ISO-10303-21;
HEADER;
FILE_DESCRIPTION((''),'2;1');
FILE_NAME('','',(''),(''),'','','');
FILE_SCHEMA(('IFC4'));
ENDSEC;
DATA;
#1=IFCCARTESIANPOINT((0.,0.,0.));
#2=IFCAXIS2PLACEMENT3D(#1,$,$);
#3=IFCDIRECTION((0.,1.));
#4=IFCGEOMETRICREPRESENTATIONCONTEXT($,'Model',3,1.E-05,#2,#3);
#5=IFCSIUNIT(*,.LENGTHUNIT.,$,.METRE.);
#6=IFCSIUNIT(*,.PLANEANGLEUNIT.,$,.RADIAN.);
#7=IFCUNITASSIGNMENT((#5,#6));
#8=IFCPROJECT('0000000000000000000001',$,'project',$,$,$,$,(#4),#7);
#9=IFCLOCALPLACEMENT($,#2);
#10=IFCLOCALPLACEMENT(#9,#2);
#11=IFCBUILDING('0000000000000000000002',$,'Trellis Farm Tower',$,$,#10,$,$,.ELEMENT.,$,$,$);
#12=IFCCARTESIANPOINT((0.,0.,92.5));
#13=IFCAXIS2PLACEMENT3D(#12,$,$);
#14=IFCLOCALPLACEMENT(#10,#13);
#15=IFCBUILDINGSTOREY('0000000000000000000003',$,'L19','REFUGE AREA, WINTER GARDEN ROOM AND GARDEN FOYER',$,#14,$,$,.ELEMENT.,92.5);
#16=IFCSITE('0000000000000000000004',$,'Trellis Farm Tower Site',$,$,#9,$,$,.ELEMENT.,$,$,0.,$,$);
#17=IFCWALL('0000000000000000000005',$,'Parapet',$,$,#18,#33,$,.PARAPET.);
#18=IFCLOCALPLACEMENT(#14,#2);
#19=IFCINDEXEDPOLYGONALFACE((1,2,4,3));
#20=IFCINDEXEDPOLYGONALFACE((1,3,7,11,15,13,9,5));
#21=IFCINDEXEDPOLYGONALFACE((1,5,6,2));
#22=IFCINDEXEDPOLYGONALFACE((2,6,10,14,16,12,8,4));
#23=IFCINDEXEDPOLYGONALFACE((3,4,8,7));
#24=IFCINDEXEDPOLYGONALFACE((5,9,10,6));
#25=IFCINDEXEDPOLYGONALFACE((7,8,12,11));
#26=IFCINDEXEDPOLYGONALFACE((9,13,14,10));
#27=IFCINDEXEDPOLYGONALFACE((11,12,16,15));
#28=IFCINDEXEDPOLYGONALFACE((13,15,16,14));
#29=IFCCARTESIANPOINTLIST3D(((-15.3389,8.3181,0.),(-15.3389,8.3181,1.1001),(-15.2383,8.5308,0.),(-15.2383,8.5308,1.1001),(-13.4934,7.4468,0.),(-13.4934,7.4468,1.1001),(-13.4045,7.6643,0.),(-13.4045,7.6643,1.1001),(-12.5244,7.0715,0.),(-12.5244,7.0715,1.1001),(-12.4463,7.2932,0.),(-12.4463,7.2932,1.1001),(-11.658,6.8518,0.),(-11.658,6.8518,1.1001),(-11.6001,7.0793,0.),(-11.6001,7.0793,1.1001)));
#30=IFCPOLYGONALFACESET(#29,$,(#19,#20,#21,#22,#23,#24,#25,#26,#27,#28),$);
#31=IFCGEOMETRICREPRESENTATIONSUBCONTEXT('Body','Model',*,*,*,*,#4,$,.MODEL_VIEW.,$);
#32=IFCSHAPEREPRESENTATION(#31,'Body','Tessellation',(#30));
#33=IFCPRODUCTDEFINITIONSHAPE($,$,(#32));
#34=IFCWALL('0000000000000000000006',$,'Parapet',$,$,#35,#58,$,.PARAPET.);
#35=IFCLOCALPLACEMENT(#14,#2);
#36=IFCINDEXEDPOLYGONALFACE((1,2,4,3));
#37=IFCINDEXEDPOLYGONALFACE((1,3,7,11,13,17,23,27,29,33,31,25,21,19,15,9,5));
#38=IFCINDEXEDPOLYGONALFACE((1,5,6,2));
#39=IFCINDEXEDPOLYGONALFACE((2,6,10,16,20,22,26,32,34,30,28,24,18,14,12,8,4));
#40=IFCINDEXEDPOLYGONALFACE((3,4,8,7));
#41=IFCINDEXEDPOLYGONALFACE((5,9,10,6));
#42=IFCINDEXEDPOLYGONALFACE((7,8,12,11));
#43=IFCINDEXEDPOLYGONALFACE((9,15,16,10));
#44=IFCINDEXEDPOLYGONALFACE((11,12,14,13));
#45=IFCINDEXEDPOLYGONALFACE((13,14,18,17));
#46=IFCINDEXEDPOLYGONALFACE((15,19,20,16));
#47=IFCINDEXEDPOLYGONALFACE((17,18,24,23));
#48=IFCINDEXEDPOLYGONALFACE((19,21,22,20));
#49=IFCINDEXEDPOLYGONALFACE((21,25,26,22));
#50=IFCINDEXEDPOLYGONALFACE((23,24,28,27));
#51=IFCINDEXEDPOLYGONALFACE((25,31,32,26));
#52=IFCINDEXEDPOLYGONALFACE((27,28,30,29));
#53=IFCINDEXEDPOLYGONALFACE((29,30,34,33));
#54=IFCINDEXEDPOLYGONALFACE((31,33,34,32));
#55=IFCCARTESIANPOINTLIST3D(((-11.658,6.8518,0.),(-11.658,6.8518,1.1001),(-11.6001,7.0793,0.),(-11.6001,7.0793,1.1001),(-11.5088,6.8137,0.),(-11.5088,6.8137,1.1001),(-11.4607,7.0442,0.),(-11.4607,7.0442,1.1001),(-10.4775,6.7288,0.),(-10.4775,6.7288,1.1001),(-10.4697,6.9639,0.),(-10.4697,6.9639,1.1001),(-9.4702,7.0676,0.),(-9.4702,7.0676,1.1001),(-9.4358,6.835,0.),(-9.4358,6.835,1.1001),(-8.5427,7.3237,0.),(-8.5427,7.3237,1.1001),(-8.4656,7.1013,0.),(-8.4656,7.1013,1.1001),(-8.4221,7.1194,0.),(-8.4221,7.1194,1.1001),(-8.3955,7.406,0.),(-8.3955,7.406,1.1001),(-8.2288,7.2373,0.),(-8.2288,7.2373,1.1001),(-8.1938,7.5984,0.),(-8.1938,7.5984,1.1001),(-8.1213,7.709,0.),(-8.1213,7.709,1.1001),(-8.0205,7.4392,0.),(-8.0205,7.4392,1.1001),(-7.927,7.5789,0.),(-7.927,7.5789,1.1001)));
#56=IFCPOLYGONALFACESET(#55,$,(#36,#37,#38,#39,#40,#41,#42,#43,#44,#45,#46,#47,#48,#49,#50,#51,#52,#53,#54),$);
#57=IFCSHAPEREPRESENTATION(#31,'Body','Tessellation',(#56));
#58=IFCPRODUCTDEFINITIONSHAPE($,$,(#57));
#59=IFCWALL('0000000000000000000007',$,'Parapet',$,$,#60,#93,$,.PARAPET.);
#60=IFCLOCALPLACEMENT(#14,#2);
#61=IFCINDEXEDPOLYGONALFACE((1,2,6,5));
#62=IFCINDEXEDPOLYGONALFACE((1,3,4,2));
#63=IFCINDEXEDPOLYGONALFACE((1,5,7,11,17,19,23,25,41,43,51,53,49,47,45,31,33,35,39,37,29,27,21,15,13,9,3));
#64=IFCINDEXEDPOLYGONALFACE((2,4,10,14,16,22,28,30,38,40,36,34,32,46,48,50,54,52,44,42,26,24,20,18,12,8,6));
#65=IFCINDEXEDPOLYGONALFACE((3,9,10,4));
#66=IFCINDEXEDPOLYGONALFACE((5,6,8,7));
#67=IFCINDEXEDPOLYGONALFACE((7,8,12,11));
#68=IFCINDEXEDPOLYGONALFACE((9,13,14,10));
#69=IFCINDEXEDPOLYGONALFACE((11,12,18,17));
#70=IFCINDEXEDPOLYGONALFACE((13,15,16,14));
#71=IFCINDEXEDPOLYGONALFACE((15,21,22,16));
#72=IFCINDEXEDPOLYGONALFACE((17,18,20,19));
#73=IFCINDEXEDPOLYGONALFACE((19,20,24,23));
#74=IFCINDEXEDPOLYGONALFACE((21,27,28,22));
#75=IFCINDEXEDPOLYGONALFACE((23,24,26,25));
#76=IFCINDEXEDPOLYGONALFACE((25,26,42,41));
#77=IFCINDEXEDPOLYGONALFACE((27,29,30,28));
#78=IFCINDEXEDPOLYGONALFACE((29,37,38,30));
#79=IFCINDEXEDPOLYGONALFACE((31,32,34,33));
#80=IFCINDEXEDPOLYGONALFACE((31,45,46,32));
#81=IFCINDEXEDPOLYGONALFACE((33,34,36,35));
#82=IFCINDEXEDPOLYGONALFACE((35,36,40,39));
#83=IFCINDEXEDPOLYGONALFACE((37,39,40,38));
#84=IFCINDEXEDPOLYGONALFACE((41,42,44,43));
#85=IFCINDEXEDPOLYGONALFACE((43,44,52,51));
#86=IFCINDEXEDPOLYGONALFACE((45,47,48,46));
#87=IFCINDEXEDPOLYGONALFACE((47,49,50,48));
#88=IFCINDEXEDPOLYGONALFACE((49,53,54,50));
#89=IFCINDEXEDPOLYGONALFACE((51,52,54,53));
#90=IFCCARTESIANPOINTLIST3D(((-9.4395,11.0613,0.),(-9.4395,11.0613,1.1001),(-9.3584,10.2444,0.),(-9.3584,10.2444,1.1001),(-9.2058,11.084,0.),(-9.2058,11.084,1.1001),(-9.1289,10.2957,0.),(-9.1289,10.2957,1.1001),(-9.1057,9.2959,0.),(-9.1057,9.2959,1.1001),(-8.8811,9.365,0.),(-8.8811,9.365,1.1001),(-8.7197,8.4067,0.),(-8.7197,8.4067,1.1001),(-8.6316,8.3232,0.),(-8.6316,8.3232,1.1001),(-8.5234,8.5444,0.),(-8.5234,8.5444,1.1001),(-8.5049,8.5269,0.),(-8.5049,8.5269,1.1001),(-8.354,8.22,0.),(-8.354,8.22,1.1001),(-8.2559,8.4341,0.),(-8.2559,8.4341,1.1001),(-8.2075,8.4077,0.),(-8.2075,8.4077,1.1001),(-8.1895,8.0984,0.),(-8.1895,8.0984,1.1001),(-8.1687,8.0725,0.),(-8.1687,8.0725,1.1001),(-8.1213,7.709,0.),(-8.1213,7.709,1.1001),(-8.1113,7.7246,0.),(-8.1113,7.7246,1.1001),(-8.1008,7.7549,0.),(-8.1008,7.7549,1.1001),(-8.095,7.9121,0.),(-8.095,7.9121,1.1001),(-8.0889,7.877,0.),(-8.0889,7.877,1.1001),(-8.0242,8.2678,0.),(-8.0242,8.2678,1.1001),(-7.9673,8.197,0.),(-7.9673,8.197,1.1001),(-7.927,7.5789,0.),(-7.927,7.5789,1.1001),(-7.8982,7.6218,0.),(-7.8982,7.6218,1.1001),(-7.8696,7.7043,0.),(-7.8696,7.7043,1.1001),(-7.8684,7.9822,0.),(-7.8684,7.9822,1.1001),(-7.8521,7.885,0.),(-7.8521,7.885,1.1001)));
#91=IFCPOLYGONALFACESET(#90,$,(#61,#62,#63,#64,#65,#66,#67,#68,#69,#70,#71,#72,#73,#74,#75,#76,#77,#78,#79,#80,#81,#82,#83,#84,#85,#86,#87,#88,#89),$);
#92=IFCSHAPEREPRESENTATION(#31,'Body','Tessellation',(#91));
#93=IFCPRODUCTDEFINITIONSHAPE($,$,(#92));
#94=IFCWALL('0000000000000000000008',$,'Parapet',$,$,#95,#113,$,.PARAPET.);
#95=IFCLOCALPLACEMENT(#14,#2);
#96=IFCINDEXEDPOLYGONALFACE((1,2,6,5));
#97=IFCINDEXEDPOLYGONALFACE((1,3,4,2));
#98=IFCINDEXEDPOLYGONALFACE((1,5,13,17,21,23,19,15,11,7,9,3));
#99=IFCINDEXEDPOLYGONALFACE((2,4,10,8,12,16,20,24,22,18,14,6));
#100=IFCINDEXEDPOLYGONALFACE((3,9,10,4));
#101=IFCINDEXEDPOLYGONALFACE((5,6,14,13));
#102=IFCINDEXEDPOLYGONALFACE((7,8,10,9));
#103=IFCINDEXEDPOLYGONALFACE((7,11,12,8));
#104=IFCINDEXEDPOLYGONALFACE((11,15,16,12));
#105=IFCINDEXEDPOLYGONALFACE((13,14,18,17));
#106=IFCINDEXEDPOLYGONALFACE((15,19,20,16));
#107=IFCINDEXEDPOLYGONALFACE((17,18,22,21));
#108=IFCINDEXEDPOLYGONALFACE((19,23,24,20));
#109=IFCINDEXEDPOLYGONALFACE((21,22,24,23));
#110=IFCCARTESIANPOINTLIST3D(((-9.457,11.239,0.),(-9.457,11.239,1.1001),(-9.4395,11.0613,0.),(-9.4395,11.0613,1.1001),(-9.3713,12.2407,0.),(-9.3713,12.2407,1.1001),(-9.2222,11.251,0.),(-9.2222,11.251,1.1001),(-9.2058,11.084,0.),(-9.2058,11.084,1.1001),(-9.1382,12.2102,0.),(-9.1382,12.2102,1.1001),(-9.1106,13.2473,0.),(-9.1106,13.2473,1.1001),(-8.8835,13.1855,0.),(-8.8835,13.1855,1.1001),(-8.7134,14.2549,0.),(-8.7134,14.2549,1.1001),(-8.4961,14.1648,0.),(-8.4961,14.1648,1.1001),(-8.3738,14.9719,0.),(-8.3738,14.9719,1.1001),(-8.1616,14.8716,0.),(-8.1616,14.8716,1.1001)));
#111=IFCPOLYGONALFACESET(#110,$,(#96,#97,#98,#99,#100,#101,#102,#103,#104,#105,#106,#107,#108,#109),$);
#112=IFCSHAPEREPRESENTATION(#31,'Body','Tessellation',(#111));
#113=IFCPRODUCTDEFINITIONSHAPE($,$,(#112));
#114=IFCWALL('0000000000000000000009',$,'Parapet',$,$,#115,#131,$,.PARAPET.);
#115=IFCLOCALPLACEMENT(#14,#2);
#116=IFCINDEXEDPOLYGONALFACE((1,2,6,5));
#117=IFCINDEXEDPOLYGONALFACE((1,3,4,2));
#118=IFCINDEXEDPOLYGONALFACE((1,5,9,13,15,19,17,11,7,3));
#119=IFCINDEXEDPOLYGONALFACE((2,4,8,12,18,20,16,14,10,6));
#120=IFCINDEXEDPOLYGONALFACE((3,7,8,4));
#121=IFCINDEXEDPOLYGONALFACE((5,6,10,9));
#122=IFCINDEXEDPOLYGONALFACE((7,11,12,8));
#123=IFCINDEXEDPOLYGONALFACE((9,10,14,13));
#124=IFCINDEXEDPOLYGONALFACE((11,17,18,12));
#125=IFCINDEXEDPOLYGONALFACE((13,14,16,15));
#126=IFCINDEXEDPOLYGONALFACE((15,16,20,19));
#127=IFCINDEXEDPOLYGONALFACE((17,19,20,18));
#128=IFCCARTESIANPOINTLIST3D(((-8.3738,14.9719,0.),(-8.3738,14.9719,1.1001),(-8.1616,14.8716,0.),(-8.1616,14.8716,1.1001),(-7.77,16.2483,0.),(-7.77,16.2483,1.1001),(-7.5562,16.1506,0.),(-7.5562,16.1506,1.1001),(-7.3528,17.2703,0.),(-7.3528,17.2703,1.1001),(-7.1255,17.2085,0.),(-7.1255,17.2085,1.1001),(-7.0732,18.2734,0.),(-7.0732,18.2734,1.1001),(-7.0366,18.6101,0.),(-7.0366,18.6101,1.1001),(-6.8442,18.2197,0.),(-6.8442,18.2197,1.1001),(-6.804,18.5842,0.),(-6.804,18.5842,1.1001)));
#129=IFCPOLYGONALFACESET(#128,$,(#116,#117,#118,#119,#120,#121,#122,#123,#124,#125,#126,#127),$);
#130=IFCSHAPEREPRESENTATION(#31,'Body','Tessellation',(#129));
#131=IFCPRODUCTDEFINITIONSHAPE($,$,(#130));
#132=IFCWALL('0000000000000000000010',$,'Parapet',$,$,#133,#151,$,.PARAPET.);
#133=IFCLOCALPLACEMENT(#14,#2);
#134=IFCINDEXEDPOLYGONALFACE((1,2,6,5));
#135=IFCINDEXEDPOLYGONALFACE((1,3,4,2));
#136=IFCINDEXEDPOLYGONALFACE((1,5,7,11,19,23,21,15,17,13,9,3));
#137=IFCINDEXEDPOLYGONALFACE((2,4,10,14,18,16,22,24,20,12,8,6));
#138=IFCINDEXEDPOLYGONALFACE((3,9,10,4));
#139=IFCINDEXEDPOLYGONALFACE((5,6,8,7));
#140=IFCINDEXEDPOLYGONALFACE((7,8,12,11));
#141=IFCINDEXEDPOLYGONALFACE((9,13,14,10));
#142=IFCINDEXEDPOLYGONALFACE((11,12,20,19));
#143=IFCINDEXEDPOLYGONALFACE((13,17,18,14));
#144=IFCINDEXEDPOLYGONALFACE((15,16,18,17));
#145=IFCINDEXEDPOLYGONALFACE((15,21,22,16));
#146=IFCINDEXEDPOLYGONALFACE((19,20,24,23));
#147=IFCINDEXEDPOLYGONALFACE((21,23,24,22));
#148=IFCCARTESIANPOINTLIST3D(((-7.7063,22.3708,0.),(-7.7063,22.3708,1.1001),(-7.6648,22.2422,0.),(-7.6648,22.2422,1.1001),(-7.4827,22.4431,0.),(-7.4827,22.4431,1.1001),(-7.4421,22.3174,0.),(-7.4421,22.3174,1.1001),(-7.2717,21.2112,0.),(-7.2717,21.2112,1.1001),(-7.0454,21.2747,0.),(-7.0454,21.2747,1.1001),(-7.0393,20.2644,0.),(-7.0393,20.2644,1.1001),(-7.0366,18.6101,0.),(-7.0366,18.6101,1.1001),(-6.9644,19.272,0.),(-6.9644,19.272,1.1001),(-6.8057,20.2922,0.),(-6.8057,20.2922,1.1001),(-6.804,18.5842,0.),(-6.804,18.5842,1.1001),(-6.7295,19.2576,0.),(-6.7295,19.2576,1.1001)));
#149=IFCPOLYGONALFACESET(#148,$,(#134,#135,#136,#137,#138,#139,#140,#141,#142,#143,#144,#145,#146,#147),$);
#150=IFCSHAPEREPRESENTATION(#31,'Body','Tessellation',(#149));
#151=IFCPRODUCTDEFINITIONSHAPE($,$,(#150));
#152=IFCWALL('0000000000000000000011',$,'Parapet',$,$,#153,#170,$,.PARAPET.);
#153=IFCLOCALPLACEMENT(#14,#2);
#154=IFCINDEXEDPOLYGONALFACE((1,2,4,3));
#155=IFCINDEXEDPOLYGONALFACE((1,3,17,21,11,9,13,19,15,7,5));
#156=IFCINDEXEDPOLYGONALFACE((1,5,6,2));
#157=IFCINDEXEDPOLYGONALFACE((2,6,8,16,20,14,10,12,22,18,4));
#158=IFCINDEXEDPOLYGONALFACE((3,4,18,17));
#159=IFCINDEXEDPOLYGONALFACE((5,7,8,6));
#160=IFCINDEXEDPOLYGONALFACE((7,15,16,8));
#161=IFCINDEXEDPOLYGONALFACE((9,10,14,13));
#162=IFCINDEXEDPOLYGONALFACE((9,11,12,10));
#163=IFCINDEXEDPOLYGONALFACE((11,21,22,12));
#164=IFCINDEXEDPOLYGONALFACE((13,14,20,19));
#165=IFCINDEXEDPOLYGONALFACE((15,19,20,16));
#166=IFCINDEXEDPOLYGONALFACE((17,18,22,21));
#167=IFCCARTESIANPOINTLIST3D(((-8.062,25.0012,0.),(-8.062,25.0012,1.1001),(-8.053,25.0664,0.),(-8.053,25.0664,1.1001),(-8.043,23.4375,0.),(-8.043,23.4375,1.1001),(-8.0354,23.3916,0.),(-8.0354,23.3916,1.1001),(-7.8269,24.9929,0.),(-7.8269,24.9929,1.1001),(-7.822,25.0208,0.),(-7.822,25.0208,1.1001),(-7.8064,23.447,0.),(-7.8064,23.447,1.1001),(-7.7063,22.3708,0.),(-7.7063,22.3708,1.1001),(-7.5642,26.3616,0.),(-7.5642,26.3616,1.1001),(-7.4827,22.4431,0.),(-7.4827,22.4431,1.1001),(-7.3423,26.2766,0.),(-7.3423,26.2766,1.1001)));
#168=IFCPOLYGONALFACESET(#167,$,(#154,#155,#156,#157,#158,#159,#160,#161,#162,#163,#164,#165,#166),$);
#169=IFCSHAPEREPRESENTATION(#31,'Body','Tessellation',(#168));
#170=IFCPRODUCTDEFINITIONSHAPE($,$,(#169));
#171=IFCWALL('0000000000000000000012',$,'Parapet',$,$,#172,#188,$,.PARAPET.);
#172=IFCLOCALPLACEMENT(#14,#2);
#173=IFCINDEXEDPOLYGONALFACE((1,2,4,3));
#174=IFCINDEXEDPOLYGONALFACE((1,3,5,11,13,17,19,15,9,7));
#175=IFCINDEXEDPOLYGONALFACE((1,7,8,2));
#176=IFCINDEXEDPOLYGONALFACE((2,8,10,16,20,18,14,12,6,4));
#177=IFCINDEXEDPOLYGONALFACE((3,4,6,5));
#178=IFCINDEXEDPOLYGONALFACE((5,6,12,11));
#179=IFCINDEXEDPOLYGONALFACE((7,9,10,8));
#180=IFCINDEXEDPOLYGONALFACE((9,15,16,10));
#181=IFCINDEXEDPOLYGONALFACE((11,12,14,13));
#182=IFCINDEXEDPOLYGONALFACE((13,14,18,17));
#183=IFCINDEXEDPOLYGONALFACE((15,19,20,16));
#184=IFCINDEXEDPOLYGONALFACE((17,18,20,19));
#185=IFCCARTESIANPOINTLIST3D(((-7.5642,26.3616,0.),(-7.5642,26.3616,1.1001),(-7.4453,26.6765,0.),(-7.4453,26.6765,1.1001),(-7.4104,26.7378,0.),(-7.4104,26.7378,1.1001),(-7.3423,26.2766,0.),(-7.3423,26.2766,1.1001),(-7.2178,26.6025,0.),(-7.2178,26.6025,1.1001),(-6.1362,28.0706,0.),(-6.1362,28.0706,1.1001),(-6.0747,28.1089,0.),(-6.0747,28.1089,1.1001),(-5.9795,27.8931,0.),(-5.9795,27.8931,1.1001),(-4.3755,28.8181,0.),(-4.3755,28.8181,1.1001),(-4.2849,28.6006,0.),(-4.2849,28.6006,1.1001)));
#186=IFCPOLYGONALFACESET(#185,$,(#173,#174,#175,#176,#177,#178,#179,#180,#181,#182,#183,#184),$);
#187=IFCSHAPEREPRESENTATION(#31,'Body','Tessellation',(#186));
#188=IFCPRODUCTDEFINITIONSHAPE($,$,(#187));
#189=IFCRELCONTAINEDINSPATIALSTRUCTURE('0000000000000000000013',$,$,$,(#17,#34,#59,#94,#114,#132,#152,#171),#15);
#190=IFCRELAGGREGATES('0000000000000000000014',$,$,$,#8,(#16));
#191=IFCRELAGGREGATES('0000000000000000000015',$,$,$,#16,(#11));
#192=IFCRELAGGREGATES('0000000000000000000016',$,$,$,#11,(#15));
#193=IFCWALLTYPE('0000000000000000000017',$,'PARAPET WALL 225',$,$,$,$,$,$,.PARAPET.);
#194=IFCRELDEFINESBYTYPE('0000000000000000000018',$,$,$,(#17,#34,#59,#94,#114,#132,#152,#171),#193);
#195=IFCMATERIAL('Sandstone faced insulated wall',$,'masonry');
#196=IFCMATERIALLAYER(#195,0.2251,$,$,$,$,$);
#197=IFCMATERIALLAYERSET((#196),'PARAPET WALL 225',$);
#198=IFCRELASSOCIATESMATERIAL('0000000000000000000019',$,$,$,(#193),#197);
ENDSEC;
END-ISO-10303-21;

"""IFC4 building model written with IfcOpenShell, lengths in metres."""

from ifc_helpers import new_model, si_unit, direction, frame, origin, place, context, subcontext, project, spatial, polyline, outline, extrude, material, layer, layer_set, type_object, element, save


model = new_model("IFC4")

# Units and contexts
model_context = context("Model", 3, precision=1e-05, world=origin(), true_north=direction((0.0, 1.0)))
body_context = subcontext(model_context, "Body", "Model", "MODEL_VIEW")
ifc_project = project(units=[si_unit("LENGTHUNIT", "METRE"), si_unit("PLANEANGLEUNIT", "RADIAN")], contexts=[model_context])

# Site, building, storey
site_placement = place(None, origin())
site = spatial("IfcSite", under=ifc_project, at=site_placement, Name="Trellis Farm Tower Site", CompositionType="ELEMENT", RefElevation=0.0)
building_placement = place(site_placement, origin())
building = spatial("IfcBuilding", under=site, at=building_placement, Name="Trellis Farm Tower", CompositionType="ELEMENT")
storey_placement = place(building_placement, frame((0.0, 0.0, 92.5)))
storey = spatial("IfcBuildingStorey", under=building, at=storey_placement, Name="L19", Description="REFUGE AREA, WINTER GARDEN ROOM AND GARDEN FOYER", CompositionType="ELEMENT", Elevation=92.5)

# Walls
ifc_material_1 = material(Name="Sandstone faced insulated wall", Category="masonry")
ifc_layer_1 = layer(ifc_material_1, 0.2251)
ifc_layer_set_1 = layer_set([ifc_layer_1], Name="PARAPET WALL 225")
wall_type = type_object("IfcWallType", Name="PARAPET WALL 225", PredefinedType="PARAPET", material=ifc_layer_set_1)
placement = place(storey_placement, origin())
element("IfcWall", 1, at=placement, inside=storey, type_object=wall_type, Name="Parapet", PredefinedType="PARAPET", context=body_context, shape_type="SweptSolid", body=[
    extrude(outline(polyline([(-15.2383, 8.5308), (-13.4045, 7.6643), (-12.4463, 7.2932), (-11.6001, 7.0793), (-11.658, 6.8518), (-12.5244, 7.0715), (-13.4934, 7.4468), (-15.3389, 8.3181), (-15.2383, 8.5308)])), origin(), (0.0, 0.0, 1.0), 1.1001),
])
element("IfcWall", 2, at=placement, inside=storey, type_object=wall_type, Name="Parapet", PredefinedType="PARAPET", context=body_context, shape_type="SweptSolid", body=[
    extrude(outline(polyline([(-11.6001, 7.0793), (-11.4607, 7.0442), (-10.4697, 6.9639), (-9.4702, 7.0676), (-8.5427, 7.3237), (-8.3955, 7.406), (-8.1938, 7.5984), (-8.1213, 7.709), (-7.927, 7.5789), (-8.0205, 7.4392), (-8.2288, 7.2373), (-8.4221, 7.1194), (-8.4656, 7.1013), (-9.4358, 6.835), (-10.4775, 6.7288), (-11.5088, 6.8137), (-11.658, 6.8518), (-11.6001, 7.0793)])), origin(), (0.0, 0.0, 1.0), 1.1001),
])
element("IfcWall", 3, at=placement, inside=storey, type_object=wall_type, Name="Parapet", PredefinedType="PARAPET", context=body_context, shape_type="SweptSolid", body=[
    extrude(outline(polyline([(-8.1213, 7.709), (-8.1113, 7.7246), (-8.1008, 7.7549), (-8.0889, 7.877), (-8.095, 7.9121), (-8.1687, 8.0725), (-8.1895, 8.0984), (-8.354, 8.22), (-8.6316, 8.3232), (-8.7197, 8.4067), (-9.1057, 9.2959), (-9.3584, 10.2444), (-9.4395, 11.0613), (-9.2058, 11.084), (-9.1289, 10.2957), (-8.8811, 9.365), (-8.5234, 8.5444), (-8.5049, 8.5269), (-8.2559, 8.4341), (-8.2075, 8.4077), (-8.0242, 8.2678), (-7.9673, 8.197), (-7.8684, 7.9822), (-7.8521, 7.885), (-7.8696, 7.7043), (-7.8982, 7.6218), (-7.927, 7.5789), (-8.1213, 7.709)])), origin(), (0.0, 0.0, 1.0), 1.1001),
])
element("IfcWall", 4, at=placement, inside=storey, type_object=wall_type, Name="Parapet", PredefinedType="PARAPET", context=body_context, shape_type="SweptSolid", body=[
    extrude(outline(polyline([(-9.4395, 11.0613), (-9.457, 11.239), (-9.3713, 12.2407), (-9.1106, 13.2473), (-8.7134, 14.2549), (-8.3738, 14.9719), (-8.1616, 14.8716), (-8.4961, 14.1648), (-8.8835, 13.1855), (-9.1382, 12.2102), (-9.2222, 11.251), (-9.2058, 11.084), (-9.4395, 11.0613)])), origin(), (0.0, 0.0, 1.0), 1.1001),
])
element("IfcWall", 5, at=placement, inside=storey, type_object=wall_type, Name="Parapet", PredefinedType="PARAPET", context=body_context, shape_type="SweptSolid", body=[
    extrude(outline(polyline([(-8.3738, 14.9719), (-7.77, 16.2483), (-7.3528, 17.2703), (-7.0732, 18.2734), (-7.0366, 18.6101), (-6.804, 18.5842), (-6.8442, 18.2197), (-7.1255, 17.2085), (-7.5562, 16.1506), (-8.1616, 14.8716), (-8.3738, 14.9719)])), origin(), (0.0, 0.0, 1.0), 1.1001),
])
element("IfcWall", 6, at=placement, inside=storey, type_object=wall_type, Name="Parapet", PredefinedType="PARAPET", context=body_context, shape_type="SweptSolid", body=[
    extrude(outline(polyline([(-7.0366, 18.6101), (-6.9644, 19.272), (-7.0393, 20.2644), (-7.2717, 21.2112), (-7.6648, 22.2422), (-7.7063, 22.3708), (-7.4827, 22.4431), (-7.4421, 22.3174), (-7.0454, 21.2747), (-6.8057, 20.2922), (-6.7295, 19.2576), (-6.804, 18.5842), (-7.0366, 18.6101)])), origin(), (0.0, 0.0, 1.0), 1.1001),
])
element("IfcWall", 7, at=placement, inside=storey, type_object=wall_type, Name="Parapet", PredefinedType="PARAPET", context=body_context, shape_type="SweptSolid", body=[
    extrude(outline(polyline([(-7.7063, 22.3708), (-8.0354, 23.3916), (-8.043, 23.4375), (-8.062, 25.0012), (-8.053, 25.0664), (-7.5642, 26.3616), (-7.3423, 26.2766), (-7.822, 25.0208), (-7.8269, 24.9929), (-7.8064, 23.447), (-7.4827, 22.4431), (-7.7063, 22.3708)])), origin(), (0.0, 0.0, 1.0), 1.1001),
])
element("IfcWall", 8, at=placement, inside=storey, type_object=wall_type, Name="Parapet", PredefinedType="PARAPET", context=body_context, shape_type="SweptSolid", body=[
    extrude(outline(polyline([(-7.5642, 26.3616), (-7.4453, 26.6765), (-7.4104, 26.7378), (-6.1362, 28.0706), (-6.0747, 28.1089), (-4.3755, 28.8181), (-4.2849, 28.6006), (-5.9795, 27.8931), (-7.2178, 26.6025), (-7.3423, 26.2766), (-7.5642, 26.3616)])), origin(), (0.0, 0.0, 1.0), 1.1001),
])

save(model, "model.ifc")
